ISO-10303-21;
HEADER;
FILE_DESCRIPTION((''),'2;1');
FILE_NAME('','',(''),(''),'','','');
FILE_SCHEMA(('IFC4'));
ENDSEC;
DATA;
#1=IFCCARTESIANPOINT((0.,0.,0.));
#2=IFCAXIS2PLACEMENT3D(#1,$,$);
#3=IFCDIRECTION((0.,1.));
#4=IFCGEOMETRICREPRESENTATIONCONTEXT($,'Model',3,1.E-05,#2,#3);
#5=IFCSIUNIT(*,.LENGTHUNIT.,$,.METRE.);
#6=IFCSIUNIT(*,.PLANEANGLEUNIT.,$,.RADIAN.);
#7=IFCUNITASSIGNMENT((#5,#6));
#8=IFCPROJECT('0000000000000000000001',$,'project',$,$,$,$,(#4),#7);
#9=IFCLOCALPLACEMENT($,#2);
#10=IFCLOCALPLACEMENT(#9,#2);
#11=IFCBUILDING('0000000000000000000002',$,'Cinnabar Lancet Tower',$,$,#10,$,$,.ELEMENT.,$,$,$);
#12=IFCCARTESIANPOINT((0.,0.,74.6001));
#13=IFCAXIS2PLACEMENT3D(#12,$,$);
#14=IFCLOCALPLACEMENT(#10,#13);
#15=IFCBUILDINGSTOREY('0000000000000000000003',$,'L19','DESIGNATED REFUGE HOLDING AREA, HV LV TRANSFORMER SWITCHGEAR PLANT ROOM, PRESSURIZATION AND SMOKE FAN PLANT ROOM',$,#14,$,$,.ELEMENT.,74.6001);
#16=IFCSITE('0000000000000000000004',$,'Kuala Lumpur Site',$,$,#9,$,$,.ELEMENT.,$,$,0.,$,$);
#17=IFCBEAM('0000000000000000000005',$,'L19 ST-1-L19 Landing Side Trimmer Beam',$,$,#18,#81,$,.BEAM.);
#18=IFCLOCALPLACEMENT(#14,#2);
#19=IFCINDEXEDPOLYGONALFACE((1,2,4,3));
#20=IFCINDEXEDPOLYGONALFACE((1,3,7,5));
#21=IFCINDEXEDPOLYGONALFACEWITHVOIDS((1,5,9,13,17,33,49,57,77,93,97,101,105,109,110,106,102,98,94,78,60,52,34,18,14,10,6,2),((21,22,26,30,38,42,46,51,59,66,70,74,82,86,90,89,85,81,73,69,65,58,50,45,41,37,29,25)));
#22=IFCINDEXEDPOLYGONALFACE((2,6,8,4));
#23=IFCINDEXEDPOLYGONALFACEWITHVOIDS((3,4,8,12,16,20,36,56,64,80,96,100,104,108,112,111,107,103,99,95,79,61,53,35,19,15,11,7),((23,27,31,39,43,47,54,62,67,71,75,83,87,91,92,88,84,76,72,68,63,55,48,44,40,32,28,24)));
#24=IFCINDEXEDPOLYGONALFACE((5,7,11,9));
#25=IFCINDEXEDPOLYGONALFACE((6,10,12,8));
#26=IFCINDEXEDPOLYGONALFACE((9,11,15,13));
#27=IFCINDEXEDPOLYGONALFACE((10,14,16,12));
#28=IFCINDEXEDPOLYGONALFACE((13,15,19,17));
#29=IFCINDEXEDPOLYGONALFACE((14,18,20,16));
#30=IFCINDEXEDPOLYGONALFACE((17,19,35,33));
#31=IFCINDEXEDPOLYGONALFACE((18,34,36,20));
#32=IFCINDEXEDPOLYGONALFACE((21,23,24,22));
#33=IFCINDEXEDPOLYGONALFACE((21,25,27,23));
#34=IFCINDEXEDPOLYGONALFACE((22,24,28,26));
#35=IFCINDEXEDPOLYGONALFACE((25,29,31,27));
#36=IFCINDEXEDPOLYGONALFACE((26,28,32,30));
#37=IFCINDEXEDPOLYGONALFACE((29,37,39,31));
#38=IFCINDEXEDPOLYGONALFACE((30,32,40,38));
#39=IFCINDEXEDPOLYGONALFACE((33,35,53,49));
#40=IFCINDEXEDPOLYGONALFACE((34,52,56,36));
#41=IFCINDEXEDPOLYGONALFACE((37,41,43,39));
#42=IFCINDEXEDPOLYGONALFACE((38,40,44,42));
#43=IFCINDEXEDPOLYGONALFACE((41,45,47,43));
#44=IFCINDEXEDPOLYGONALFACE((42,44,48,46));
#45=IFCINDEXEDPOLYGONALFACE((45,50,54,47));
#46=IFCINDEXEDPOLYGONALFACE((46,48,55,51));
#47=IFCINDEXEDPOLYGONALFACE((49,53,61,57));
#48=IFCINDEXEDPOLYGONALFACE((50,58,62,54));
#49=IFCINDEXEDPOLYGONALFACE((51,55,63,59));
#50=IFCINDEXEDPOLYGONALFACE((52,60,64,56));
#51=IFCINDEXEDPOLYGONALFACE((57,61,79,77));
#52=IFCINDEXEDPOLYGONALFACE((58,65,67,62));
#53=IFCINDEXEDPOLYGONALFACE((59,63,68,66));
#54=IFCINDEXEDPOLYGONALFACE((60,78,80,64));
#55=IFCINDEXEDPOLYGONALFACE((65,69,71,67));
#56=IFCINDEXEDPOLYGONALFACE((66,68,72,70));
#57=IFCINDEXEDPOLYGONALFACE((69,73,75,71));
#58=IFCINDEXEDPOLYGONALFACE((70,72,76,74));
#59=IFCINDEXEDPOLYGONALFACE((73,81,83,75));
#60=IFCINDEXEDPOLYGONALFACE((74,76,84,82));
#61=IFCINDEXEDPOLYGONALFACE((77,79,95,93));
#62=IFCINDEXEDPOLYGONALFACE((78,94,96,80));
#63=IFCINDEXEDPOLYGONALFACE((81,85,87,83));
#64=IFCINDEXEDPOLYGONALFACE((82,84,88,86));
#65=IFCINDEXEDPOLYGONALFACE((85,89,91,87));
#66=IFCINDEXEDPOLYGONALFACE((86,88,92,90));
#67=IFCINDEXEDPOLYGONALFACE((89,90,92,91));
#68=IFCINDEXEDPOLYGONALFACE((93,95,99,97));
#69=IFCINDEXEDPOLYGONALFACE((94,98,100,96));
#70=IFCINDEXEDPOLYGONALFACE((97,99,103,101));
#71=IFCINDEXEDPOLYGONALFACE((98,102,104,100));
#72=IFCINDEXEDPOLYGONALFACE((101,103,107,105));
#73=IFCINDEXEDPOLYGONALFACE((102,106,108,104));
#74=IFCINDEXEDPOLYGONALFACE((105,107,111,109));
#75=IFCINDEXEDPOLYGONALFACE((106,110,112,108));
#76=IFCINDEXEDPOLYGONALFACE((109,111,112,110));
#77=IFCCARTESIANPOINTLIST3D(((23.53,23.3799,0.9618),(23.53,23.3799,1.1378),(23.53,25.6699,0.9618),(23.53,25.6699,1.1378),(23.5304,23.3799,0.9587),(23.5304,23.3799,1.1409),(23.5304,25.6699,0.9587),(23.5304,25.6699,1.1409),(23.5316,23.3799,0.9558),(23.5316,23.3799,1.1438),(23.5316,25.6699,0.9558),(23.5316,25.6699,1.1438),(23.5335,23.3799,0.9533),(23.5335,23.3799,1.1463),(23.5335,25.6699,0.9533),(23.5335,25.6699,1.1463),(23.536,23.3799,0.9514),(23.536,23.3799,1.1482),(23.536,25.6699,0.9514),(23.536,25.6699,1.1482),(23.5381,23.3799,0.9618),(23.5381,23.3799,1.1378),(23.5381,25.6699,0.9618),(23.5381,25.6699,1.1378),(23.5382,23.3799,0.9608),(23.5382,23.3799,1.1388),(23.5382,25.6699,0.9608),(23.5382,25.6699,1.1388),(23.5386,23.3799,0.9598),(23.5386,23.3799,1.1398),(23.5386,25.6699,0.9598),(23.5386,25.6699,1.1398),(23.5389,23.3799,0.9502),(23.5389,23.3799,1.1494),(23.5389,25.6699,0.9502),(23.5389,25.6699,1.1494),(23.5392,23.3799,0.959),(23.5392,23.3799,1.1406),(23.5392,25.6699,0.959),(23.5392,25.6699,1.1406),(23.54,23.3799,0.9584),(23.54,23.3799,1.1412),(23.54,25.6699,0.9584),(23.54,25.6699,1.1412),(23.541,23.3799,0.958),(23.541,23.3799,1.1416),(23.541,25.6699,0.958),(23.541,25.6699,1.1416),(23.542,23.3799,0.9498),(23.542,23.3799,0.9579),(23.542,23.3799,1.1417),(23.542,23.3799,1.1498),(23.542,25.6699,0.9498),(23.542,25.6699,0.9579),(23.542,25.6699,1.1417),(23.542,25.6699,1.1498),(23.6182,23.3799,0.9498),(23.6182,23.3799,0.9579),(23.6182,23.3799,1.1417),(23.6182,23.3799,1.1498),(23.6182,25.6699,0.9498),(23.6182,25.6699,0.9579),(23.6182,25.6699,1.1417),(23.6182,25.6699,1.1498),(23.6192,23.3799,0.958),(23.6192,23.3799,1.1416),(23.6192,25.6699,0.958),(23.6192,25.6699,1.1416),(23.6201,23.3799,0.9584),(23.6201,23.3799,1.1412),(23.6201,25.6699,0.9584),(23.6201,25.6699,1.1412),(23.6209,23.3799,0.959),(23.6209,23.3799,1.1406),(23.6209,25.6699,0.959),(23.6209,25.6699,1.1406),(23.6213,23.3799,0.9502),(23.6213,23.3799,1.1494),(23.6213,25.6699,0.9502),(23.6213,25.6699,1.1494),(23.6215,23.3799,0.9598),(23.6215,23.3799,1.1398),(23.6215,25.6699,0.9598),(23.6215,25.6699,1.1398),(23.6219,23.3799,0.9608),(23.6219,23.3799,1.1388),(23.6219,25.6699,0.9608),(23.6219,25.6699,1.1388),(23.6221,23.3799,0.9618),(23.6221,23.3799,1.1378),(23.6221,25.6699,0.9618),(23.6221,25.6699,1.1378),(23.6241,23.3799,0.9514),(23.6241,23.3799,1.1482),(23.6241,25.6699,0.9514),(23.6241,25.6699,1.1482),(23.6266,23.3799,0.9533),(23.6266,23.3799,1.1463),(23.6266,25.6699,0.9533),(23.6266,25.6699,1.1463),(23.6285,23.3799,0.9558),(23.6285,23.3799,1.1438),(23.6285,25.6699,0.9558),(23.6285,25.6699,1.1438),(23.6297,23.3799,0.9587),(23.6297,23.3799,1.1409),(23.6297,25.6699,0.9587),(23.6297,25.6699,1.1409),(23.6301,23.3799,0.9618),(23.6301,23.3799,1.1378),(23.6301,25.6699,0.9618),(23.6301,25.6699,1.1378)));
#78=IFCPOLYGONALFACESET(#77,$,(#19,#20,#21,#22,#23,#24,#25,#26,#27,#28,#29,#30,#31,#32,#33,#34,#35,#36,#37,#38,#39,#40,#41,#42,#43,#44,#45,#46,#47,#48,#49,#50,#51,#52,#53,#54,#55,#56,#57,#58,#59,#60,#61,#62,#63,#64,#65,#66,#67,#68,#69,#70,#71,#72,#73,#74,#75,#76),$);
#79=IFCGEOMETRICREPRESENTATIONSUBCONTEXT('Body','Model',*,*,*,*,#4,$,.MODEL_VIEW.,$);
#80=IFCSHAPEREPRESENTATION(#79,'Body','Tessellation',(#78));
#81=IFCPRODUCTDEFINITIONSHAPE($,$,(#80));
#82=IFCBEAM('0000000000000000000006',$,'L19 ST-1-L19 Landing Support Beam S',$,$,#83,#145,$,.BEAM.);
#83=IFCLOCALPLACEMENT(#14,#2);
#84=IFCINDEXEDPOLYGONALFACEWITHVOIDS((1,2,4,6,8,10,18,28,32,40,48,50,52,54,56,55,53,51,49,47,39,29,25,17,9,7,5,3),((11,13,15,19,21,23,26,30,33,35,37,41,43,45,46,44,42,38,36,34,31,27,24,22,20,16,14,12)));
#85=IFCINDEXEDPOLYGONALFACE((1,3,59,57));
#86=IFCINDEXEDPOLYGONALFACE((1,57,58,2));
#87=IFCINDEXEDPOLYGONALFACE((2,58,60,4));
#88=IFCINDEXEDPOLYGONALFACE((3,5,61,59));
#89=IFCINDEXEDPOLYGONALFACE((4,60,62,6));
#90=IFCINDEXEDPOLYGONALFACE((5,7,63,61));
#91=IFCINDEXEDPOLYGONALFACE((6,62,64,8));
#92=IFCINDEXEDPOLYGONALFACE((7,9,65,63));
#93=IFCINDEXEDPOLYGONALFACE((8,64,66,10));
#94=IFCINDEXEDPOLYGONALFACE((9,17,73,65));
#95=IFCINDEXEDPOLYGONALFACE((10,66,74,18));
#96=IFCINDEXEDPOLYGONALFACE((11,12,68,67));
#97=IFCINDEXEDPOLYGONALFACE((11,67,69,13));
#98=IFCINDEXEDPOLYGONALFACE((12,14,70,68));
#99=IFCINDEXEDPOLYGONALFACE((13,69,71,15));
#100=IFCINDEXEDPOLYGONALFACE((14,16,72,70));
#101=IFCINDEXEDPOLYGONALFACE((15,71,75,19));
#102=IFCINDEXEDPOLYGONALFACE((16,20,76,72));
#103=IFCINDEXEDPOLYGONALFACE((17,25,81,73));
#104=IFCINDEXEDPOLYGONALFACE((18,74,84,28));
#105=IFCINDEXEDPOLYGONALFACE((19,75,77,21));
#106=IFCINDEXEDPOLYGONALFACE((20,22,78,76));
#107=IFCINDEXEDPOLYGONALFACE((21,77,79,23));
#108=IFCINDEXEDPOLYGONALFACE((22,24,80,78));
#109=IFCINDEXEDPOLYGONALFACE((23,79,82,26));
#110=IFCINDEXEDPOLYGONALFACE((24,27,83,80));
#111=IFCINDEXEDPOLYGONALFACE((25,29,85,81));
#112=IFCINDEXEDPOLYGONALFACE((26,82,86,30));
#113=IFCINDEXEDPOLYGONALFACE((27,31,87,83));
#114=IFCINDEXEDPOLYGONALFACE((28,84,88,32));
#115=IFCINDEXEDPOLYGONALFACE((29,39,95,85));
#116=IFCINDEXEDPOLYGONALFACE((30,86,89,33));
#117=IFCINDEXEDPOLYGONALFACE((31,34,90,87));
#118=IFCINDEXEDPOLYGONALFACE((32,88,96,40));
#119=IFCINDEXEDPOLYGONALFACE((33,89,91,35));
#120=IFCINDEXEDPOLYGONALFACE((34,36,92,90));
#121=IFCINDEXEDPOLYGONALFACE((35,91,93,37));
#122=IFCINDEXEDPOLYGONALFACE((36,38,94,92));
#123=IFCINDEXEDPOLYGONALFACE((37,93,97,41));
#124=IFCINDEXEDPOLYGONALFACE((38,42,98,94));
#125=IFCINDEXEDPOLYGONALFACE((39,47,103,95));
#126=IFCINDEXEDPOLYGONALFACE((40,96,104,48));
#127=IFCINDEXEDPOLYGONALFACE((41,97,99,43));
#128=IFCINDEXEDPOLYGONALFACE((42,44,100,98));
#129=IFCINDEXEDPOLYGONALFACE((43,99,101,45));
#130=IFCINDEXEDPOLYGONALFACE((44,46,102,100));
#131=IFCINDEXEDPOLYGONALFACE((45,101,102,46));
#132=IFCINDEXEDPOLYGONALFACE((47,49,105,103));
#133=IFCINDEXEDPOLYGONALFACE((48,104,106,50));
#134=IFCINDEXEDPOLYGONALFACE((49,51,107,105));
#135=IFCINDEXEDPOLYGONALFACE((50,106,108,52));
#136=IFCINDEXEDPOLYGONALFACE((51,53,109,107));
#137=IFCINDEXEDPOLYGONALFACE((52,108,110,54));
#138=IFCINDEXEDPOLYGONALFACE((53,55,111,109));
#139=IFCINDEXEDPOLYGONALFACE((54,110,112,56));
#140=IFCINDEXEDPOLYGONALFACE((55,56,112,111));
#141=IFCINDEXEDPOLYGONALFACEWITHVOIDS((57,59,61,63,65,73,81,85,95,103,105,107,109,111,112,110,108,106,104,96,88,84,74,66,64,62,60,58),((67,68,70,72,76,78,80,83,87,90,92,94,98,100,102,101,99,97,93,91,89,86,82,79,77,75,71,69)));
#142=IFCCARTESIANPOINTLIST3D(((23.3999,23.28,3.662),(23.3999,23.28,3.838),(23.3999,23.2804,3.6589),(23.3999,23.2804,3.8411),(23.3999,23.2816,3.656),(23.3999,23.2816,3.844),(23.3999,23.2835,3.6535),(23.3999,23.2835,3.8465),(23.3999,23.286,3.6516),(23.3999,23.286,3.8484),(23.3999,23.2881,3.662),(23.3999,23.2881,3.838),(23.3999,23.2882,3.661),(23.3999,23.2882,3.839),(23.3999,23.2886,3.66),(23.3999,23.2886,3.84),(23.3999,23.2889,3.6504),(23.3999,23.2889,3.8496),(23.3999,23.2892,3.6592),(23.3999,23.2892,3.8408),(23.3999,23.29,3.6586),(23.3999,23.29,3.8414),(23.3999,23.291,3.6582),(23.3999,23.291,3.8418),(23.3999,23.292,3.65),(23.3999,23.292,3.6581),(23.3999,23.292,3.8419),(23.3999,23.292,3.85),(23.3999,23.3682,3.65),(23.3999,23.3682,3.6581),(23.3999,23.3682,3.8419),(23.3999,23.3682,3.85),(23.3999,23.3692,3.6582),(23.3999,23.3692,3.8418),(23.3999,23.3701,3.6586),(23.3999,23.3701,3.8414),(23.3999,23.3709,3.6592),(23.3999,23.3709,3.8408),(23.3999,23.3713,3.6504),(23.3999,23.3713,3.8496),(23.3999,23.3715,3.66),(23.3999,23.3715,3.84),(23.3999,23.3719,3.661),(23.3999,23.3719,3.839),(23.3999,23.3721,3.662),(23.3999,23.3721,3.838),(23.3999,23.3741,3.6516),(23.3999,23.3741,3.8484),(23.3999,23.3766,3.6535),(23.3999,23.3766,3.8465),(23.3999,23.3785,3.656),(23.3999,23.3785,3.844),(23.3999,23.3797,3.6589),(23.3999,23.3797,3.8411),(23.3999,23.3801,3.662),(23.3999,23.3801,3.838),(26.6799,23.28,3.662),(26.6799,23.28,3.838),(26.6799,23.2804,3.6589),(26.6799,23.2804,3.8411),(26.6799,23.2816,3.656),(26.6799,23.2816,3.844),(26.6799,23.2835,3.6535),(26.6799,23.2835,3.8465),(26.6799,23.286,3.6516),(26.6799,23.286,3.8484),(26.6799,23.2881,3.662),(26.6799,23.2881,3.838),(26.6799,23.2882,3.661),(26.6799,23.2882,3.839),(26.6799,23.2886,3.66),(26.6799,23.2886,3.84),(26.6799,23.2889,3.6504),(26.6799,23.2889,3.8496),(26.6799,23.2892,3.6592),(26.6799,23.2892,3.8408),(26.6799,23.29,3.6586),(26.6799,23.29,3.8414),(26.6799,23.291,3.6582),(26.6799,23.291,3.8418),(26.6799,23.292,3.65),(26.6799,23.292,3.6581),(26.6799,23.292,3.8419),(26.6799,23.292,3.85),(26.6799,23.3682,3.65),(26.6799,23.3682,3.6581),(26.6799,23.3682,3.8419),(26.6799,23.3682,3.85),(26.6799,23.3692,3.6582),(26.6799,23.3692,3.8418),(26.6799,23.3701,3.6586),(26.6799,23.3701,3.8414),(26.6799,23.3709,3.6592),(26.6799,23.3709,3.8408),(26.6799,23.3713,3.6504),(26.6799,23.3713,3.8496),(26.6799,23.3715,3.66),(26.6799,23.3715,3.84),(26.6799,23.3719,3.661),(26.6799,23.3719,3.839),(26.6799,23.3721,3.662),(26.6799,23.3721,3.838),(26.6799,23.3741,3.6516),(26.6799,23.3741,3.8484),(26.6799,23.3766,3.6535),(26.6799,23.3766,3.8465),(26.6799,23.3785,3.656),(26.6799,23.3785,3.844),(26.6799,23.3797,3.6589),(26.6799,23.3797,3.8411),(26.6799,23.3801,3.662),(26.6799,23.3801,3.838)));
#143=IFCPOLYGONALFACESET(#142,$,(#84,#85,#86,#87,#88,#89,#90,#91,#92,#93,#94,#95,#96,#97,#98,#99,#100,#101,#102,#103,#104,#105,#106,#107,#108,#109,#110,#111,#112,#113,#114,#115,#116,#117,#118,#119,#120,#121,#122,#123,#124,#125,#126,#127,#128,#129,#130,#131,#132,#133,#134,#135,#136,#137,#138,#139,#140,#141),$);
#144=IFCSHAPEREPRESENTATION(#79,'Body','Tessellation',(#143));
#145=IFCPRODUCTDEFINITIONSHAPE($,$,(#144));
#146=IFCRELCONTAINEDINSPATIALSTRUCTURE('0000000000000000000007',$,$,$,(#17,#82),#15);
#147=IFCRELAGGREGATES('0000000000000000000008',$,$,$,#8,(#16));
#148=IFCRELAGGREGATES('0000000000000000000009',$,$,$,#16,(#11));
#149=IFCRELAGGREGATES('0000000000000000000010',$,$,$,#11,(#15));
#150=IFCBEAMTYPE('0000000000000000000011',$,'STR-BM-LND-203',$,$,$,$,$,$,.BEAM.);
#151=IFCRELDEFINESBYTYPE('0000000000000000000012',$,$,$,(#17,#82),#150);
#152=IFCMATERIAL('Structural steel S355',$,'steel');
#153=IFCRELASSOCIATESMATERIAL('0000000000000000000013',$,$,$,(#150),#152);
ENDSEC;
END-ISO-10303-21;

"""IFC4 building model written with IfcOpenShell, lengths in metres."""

from ifc_helpers import new_model, si_unit, direction, frame, origin, origin_2d, place, context, subcontext, project, spatial, hollow_rectangle, extrude, material, material_profile, profile_set, type_object, element, save


model = new_model("IFC4")

# Units and contexts
model_context = context("Model", 3, precision=1e-05, world=origin(), true_north=direction((0.0, 1.0)))
body_context = subcontext(model_context, "Body", "Model", "MODEL_VIEW")
ifc_project = project(units=[si_unit("LENGTHUNIT", "METRE"), si_unit("PLANEANGLEUNIT", "RADIAN")], contexts=[model_context])

# Site, building, storey
site_placement = place(None, origin())
site = spatial("IfcSite", under=ifc_project, at=site_placement, Name="Kuala Lumpur Site", CompositionType="ELEMENT", RefElevation=0.0)
building_placement = place(site_placement, origin())
building = spatial("IfcBuilding", under=site, at=building_placement, Name="Cinnabar Lancet Tower", CompositionType="ELEMENT")
storey_placement = place(building_placement, frame((0.0, 0.0, 74.6001)))
storey = spatial("IfcBuildingStorey", under=building, at=storey_placement, Name="L19", Description="DESIGNATED REFUGE HOLDING AREA, HV LV TRANSFORMER SWITCHGEAR PLANT ROOM, PRESSURIZATION AND SMOKE FAN PLANT ROOM", CompositionType="ELEMENT", Elevation=74.6001)

# Beams
ifc_material_1 = material(Name="Structural steel S355", Category="steel")
ifc_material_profile_1 = material_profile(ifc_material_1, hollow_rectangle(XDim=0.1001, YDim=0.2, WallThickness=0.0081, InnerFilletRadius=0.0039, OuterFilletRadius=0.012, at=origin_2d()), Name="RHS 200x100x8")
ifc_profile_set_1 = profile_set([ifc_material_profile_1], Name="Structural steel S355")
beam_type_1 = type_object("IfcBeamType", Name="STR-BM-LND-203", PredefinedType="BEAM", material=ifc_profile_set_1)
beam_1_placement = place(storey_placement, frame((23.5801, 23.3799, 1.0498), z_axis=(0.0, 1.0, 0.0), x_axis=(-1.0, 0.0, 0.0)))
element("IfcBeam", 1, at=beam_1_placement, inside=storey, type_object=beam_type_1, Name="L19 ST-1-L19 Landing Side Trimmer Beam", PredefinedType="BEAM", context=body_context, shape_type="SweptSolid", body=[
    extrude(hollow_rectangle(XDim=0.1001, YDim=0.2, WallThickness=0.0081, InnerFilletRadius=0.0039, OuterFilletRadius=0.012, at=origin_2d()), origin(), (0.0, 0.0, 1.0), 2.29),
])
for number, where, z_axis, x_axis, name in (
    (2, (23.3999, 23.3301, 3.75), (1.0, 0.0, 0.0), (0.0, 1.0, 0.0), "L19 ST-1-L19 Landing Support Beam S"),
):
    element("IfcBeam", number, at=place(storey_placement, frame(where, z_axis=z_axis, x_axis=x_axis)), inside=storey, type_object=beam_type_1, Name=name, PredefinedType="BEAM", context=body_context, shape_type="SweptSolid", body=[
        extrude(hollow_rectangle(XDim=0.1001, YDim=0.2, WallThickness=0.0081, InnerFilletRadius=0.0039, OuterFilletRadius=0.012, at=origin_2d()), origin(), (0.0, 0.0, 1.0), 3.28),
    ])

save(model, "model.ifc")
